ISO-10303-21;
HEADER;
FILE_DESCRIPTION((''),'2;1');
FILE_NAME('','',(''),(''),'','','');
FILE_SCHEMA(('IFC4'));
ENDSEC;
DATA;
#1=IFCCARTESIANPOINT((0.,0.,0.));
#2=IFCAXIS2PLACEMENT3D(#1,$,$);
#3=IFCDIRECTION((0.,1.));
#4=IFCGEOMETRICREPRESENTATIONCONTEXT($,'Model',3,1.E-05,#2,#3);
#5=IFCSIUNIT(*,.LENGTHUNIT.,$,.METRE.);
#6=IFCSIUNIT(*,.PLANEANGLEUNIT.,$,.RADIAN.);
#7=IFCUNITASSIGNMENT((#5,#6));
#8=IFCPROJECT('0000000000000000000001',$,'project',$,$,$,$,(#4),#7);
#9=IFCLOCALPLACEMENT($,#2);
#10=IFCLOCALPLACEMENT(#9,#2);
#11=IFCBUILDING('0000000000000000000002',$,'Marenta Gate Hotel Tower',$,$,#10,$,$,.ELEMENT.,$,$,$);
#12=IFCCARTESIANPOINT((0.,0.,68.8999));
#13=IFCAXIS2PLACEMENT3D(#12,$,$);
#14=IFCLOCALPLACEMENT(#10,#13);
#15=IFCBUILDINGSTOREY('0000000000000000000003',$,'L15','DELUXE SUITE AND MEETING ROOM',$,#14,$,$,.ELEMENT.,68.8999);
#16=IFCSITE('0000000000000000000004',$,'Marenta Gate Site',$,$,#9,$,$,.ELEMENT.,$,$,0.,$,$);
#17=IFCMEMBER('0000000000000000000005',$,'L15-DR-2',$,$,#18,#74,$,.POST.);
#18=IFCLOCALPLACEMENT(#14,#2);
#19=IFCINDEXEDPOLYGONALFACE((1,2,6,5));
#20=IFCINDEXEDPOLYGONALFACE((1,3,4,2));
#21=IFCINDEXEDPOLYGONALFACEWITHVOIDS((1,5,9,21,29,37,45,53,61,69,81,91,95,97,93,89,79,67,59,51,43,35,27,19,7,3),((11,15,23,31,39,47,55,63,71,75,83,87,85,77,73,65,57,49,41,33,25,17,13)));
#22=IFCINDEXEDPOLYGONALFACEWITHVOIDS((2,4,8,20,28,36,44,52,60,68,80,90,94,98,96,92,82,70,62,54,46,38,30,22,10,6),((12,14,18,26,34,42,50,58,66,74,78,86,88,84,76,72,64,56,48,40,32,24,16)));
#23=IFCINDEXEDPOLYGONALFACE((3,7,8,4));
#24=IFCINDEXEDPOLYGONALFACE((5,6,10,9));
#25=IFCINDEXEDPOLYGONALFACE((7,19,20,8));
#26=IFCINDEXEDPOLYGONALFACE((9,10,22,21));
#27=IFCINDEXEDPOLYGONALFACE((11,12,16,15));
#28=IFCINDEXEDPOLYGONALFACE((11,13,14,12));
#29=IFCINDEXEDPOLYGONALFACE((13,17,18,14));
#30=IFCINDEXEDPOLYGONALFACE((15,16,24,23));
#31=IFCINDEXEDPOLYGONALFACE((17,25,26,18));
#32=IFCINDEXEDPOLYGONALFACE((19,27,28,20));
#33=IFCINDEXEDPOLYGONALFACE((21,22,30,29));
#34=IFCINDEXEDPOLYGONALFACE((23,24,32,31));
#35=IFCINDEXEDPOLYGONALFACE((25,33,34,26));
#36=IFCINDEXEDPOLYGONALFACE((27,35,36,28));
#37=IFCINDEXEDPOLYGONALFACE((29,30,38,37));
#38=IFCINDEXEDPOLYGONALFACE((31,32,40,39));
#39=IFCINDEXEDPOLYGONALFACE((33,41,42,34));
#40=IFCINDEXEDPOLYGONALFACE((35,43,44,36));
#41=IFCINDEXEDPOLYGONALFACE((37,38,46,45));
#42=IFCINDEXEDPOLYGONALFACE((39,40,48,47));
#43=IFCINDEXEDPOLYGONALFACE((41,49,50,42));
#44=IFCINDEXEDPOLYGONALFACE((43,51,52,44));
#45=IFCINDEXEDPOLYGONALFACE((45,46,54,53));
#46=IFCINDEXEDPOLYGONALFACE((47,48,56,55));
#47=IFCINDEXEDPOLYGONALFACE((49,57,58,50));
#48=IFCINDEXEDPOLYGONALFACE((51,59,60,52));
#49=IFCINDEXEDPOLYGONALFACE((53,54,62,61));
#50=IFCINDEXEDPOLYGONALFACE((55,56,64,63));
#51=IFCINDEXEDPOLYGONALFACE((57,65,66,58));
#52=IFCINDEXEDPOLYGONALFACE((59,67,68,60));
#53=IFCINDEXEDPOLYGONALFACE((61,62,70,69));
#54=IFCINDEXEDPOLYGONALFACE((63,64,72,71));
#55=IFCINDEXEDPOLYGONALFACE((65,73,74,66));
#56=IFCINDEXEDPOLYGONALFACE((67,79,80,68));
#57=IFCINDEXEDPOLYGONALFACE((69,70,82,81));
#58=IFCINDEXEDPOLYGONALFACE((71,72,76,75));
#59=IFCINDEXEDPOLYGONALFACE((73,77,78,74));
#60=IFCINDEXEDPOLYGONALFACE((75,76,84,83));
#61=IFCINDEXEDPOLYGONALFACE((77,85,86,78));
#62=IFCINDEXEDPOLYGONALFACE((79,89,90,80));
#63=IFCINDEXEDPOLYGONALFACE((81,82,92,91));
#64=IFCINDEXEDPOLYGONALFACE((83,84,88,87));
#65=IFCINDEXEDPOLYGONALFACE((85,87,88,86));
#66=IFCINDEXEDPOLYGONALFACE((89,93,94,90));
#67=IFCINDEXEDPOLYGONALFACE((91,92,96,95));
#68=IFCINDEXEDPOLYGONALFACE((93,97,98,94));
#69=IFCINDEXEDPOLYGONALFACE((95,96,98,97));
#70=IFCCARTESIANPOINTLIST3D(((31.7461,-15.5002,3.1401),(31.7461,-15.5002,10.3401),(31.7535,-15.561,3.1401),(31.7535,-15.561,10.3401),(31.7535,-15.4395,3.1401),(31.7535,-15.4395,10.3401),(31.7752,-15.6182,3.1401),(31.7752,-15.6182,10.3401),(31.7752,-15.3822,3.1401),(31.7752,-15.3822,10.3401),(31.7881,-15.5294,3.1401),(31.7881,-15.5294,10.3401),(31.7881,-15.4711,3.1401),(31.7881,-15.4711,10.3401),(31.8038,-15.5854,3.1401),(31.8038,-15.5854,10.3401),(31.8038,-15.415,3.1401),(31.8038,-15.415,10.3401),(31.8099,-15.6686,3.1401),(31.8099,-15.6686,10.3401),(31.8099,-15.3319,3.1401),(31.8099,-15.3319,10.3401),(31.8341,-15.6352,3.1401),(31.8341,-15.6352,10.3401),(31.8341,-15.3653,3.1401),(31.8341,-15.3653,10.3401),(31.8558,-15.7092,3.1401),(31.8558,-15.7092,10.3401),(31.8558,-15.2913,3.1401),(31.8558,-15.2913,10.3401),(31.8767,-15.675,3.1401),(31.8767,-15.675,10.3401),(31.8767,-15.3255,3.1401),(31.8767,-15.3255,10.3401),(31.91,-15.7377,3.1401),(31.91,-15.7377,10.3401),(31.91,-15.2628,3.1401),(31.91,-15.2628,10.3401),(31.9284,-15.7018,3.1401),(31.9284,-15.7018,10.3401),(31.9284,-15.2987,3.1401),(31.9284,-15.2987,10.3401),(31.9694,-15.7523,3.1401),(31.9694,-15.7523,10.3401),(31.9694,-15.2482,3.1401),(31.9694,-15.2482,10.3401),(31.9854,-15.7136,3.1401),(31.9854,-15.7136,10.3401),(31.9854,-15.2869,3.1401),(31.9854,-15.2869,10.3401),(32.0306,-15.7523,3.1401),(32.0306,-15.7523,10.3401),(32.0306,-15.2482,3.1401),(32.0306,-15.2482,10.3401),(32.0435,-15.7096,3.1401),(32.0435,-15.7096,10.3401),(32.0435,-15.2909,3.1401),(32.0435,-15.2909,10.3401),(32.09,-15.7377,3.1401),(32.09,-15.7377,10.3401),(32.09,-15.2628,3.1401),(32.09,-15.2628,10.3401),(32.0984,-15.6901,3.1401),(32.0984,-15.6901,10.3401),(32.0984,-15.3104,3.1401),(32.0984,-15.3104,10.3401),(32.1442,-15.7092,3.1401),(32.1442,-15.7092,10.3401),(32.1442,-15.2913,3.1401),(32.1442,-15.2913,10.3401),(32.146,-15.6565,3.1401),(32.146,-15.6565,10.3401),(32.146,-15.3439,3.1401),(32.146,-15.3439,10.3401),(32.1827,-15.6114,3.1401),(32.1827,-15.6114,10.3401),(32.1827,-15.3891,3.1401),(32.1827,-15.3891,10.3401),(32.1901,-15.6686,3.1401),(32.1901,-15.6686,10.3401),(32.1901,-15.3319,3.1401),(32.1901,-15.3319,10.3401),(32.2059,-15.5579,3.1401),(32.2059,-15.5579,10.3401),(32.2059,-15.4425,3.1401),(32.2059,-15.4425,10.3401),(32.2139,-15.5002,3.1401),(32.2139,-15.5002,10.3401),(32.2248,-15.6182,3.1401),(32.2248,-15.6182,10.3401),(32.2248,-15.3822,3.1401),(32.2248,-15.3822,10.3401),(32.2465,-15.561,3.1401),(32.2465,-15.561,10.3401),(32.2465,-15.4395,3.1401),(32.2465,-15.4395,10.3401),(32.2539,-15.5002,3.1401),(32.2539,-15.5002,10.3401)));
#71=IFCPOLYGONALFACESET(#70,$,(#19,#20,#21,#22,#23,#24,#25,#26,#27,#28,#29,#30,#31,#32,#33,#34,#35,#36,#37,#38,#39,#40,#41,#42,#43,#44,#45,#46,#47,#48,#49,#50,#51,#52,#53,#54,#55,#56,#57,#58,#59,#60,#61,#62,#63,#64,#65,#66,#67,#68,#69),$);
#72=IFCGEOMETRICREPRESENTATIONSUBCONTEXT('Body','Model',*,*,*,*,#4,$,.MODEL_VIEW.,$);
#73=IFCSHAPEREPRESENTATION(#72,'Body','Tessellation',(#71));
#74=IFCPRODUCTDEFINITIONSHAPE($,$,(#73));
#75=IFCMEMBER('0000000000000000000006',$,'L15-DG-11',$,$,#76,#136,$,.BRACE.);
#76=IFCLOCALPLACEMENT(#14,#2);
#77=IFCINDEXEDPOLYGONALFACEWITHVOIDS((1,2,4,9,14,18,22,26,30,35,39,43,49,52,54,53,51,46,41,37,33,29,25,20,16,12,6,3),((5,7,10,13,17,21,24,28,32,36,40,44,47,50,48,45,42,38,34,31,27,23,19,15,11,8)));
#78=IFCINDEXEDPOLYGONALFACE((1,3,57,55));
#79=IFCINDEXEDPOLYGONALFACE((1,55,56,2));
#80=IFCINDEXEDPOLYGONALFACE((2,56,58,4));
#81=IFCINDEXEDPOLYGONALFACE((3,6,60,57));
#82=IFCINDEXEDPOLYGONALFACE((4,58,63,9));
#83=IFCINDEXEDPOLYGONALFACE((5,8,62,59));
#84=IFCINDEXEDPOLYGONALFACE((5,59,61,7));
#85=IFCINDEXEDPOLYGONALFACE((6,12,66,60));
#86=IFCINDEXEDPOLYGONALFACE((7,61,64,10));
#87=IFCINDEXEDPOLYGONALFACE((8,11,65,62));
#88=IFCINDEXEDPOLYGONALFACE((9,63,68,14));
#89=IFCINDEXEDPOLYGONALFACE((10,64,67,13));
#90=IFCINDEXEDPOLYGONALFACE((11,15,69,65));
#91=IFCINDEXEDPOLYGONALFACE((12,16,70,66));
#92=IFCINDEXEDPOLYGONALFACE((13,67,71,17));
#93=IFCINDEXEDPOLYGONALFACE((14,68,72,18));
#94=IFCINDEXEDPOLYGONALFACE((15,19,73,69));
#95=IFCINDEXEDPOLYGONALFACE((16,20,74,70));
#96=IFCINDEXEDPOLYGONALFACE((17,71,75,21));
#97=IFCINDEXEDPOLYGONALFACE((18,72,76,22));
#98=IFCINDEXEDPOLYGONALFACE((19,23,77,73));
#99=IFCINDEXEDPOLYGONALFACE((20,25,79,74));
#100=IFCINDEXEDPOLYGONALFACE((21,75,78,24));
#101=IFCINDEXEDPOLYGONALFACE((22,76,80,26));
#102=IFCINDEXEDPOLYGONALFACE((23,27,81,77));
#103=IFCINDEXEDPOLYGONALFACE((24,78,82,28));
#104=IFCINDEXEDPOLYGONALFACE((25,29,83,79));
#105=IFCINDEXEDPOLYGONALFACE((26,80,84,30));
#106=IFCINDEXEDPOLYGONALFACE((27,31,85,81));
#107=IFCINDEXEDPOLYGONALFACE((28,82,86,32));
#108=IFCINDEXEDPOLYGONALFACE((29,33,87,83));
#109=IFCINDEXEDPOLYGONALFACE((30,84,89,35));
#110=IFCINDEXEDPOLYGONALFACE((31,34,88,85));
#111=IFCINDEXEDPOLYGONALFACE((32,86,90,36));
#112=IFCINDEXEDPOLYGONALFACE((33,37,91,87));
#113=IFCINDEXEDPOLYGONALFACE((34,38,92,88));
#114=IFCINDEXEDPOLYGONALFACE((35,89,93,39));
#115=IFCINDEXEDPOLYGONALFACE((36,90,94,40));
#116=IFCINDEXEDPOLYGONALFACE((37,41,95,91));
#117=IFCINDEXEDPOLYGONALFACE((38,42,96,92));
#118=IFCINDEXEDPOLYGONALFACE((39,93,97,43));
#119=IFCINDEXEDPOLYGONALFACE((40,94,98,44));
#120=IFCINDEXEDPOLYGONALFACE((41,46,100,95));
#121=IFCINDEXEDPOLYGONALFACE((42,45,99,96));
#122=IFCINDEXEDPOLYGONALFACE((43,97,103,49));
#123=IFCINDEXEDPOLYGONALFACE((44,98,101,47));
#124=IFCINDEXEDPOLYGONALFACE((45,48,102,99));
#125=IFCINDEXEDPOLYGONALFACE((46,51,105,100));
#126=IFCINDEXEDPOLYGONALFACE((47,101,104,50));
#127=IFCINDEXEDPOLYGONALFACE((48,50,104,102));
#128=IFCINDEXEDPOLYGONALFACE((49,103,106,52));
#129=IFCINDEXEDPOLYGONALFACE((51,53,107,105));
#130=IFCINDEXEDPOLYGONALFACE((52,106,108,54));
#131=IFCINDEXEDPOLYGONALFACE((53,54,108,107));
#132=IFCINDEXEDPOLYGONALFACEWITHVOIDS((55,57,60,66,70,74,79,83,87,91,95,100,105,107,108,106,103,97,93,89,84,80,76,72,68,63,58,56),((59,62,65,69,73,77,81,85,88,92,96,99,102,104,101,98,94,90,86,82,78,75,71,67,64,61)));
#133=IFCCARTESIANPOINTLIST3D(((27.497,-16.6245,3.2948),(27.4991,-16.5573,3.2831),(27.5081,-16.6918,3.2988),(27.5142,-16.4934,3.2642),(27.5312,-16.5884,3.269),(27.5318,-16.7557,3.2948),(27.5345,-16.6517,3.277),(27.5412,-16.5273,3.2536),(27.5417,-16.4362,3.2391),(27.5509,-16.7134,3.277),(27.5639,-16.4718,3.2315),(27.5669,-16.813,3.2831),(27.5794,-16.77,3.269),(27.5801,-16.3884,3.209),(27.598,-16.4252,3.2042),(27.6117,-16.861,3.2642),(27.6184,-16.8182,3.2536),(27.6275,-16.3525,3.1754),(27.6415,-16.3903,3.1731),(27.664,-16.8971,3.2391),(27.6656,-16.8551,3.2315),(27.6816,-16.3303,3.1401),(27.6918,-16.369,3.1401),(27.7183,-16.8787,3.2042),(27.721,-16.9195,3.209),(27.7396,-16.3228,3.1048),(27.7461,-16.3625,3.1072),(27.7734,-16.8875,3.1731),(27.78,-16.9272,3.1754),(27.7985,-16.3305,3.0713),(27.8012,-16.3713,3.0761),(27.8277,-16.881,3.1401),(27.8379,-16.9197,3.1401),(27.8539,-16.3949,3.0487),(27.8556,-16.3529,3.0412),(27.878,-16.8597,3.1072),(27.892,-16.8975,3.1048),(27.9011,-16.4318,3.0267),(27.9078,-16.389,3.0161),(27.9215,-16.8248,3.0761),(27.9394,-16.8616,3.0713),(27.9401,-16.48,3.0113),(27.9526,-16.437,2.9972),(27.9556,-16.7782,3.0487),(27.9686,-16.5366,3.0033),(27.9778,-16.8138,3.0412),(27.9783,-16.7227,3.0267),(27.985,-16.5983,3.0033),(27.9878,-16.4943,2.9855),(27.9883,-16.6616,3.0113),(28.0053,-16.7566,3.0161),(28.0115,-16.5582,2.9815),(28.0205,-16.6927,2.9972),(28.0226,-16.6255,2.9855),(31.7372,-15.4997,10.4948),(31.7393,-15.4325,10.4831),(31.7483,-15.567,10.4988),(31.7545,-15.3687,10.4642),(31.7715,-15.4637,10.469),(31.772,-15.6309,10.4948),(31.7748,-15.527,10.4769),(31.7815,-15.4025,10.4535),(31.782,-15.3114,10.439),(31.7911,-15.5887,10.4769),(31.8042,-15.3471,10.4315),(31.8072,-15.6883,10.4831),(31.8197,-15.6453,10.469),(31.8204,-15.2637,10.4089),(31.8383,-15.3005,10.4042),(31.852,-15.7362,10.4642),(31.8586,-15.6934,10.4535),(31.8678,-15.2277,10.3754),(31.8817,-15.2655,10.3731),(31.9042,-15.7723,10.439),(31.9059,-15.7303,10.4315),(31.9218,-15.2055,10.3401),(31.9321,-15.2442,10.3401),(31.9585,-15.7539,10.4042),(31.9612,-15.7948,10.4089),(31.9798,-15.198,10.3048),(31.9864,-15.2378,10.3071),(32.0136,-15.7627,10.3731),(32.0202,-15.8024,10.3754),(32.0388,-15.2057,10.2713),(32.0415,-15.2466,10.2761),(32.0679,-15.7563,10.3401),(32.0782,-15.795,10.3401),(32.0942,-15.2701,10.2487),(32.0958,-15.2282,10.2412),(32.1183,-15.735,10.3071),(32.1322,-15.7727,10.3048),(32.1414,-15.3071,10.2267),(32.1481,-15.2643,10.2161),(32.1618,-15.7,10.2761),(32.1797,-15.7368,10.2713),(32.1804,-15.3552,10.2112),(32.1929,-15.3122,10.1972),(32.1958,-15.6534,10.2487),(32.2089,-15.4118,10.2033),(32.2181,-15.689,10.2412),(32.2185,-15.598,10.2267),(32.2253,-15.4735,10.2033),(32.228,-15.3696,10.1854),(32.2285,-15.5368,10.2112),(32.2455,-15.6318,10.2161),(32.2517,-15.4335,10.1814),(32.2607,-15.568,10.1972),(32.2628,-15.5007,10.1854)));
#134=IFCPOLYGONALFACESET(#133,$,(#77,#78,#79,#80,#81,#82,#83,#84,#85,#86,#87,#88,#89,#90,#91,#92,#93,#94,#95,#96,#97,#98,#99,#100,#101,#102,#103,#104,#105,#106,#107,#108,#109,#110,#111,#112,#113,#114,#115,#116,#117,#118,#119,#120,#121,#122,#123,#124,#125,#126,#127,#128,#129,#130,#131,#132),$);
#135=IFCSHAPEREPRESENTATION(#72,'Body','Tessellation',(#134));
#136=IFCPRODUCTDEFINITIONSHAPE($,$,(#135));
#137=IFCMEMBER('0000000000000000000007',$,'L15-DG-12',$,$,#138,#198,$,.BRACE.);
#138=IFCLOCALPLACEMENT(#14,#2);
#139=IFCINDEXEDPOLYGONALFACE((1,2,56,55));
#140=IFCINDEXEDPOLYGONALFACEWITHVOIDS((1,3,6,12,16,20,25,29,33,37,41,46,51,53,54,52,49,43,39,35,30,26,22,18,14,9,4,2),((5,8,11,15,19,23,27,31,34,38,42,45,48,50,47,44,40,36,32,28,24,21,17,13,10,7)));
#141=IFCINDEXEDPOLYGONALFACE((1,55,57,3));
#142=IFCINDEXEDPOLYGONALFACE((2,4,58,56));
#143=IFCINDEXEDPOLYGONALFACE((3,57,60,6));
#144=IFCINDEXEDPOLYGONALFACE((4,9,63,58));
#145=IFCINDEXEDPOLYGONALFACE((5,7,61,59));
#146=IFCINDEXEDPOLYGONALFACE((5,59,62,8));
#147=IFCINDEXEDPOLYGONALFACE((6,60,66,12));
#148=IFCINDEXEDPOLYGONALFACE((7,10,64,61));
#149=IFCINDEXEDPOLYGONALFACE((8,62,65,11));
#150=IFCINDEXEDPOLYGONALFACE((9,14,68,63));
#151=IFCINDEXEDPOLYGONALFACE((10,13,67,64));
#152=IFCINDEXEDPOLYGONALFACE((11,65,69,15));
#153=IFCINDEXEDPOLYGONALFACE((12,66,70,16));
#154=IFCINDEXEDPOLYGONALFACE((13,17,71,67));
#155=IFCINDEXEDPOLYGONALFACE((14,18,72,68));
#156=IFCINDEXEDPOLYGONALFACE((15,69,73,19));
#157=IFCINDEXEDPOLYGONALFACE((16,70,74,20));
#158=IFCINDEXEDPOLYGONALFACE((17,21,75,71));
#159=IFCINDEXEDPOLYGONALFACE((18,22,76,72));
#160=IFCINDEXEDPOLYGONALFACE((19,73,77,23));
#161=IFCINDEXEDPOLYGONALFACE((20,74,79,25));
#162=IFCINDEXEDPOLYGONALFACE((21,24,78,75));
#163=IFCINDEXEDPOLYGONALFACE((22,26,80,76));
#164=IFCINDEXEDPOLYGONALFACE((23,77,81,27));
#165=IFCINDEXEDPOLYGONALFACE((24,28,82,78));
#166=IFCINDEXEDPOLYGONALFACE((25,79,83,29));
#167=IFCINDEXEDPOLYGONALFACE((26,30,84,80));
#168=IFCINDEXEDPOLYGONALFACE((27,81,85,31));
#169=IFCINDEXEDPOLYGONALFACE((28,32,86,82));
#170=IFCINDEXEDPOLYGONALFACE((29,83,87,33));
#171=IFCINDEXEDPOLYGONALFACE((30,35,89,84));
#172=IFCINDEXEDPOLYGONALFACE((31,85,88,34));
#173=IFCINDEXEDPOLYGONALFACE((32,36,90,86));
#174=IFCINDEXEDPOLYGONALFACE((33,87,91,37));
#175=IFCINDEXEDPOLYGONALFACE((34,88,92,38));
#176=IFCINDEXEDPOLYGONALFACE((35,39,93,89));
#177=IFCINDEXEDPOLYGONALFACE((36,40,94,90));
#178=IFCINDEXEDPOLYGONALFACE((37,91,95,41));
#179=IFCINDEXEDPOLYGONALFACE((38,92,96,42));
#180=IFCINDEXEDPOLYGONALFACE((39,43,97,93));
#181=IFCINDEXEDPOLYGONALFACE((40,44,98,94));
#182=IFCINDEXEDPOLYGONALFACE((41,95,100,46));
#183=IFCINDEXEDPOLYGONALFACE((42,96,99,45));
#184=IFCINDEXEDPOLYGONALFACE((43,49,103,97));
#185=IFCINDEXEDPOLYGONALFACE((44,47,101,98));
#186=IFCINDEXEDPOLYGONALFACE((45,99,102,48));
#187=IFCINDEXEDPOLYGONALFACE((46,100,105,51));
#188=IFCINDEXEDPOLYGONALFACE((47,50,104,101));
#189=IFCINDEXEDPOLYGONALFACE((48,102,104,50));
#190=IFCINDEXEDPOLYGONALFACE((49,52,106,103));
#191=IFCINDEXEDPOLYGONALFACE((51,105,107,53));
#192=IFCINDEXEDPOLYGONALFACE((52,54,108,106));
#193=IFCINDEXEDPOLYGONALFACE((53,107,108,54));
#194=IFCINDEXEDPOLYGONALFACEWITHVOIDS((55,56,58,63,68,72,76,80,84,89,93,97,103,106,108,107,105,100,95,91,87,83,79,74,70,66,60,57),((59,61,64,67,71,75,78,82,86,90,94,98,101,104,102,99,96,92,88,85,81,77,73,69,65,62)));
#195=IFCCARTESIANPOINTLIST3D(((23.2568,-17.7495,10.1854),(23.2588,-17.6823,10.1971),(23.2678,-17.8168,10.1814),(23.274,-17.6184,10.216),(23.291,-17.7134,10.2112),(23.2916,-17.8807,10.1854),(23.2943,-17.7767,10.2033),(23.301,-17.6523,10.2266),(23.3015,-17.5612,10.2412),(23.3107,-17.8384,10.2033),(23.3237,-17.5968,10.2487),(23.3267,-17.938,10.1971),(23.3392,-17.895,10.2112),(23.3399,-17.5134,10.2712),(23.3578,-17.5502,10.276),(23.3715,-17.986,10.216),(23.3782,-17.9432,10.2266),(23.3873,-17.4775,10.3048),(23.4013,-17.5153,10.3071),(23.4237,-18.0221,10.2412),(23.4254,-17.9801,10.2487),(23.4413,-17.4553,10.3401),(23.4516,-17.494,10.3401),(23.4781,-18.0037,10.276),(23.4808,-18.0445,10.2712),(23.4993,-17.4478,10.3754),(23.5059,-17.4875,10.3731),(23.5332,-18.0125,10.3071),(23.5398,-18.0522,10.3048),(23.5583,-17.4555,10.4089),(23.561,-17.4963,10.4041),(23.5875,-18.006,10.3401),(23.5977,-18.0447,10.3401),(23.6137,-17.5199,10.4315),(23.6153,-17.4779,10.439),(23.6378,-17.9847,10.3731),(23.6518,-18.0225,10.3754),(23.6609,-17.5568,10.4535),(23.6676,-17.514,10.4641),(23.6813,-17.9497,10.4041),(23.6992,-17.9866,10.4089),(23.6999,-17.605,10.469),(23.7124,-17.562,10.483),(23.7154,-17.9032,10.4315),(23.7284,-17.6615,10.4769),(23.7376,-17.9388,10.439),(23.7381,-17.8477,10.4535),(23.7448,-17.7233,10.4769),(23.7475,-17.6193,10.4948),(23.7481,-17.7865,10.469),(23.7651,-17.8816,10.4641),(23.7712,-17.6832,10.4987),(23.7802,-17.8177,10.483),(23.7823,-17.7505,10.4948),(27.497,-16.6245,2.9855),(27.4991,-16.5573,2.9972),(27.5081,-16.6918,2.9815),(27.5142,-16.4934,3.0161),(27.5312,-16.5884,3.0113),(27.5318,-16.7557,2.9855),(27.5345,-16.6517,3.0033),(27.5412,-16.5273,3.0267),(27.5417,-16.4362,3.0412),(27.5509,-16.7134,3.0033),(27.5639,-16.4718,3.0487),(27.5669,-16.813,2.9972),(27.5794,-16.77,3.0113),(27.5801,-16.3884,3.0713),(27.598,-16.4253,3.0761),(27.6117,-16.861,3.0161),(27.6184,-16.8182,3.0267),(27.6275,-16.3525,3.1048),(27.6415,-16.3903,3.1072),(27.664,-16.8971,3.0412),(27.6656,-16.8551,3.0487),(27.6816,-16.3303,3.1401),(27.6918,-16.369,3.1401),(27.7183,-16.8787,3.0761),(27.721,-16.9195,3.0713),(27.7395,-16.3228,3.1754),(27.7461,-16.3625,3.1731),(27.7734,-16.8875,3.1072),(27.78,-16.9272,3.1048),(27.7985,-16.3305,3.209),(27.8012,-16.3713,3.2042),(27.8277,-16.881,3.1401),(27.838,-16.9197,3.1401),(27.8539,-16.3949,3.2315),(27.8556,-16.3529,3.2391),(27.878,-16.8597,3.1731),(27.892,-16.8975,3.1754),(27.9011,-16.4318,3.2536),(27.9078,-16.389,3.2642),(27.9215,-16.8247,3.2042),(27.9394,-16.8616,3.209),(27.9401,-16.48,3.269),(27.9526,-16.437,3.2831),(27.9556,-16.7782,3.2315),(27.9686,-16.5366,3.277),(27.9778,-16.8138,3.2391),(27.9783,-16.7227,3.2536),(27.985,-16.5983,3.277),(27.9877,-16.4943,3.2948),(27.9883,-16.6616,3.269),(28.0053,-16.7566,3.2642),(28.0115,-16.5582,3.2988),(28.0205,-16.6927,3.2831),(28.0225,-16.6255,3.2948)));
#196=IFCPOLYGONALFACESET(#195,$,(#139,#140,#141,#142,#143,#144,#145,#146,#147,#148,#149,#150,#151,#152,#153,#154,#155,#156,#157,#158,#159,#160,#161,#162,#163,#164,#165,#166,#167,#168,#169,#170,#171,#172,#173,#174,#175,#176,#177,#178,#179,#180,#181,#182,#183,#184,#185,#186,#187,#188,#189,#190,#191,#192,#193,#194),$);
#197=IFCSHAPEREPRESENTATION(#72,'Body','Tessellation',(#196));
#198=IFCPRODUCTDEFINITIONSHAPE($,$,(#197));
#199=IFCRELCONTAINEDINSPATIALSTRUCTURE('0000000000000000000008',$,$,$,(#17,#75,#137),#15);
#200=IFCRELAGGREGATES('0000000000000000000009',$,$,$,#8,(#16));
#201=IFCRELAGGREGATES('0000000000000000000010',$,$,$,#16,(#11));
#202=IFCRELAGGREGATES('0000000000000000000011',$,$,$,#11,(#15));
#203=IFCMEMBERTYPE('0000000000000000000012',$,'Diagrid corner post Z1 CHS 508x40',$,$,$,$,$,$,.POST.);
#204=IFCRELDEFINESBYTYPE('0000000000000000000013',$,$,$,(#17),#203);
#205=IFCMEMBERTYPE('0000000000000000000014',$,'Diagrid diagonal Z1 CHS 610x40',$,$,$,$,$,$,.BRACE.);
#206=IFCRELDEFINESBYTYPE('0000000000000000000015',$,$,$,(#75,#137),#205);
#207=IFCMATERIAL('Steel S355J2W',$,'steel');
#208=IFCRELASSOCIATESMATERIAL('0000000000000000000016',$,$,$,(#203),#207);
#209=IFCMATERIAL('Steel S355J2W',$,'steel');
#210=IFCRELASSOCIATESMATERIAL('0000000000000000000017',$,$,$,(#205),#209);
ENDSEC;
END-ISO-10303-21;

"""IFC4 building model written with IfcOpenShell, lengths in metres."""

from ifc_helpers import new_model, si_unit, direction, frame, origin, origin_2d, place, context, subcontext, project, spatial, hollow_circle, extrude, material, material_profile, profile_set, type_object, element, save


model = new_model("IFC4")

# Units and contexts
model_context = context("Model", 3, precision=1e-05, world=origin(), true_north=direction((0.0, 1.0)))
body_context = subcontext(model_context, "Body", "Model", "MODEL_VIEW")
ifc_project = project(units=[si_unit("LENGTHUNIT", "METRE"), si_unit("PLANEANGLEUNIT", "RADIAN")], contexts=[model_context])

# Site, building, storey
site_placement = place(None, origin())
site = spatial("IfcSite", under=ifc_project, at=site_placement, Name="Marenta Gate Site", CompositionType="ELEMENT", RefElevation=0.0)
building_placement = place(site_placement, origin())
building = spatial("IfcBuilding", under=site, at=building_placement, Name="Marenta Gate Hotel Tower", CompositionType="ELEMENT")
storey_placement = place(building_placement, frame((0.0, 0.0, 68.8999)))
storey = spatial("IfcBuildingStorey", under=building, at=storey_placement, Name="L15", Description="DELUXE SUITE AND MEETING ROOM", CompositionType="ELEMENT", Elevation=68.8999)

# Members
ifc_material_1 = material(Name="Steel S355J2W", Category="steel")
ifc_material_profile_1 = material_profile(ifc_material_1, hollow_circle(Radius=0.2539, WallThickness=0.04, at=origin_2d()), Name="CHS 508x40")
ifc_profile_set_1 = profile_set([ifc_material_profile_1], Name="Steel S355J2W")
member_type_1 = type_object("IfcMemberType", Name="Diagrid corner post Z1 CHS 508x40", PredefinedType="POST", material=ifc_profile_set_1)
member_1_placement = place(storey_placement, frame((32.0, -15.5002, 3.1401), z_axis=(0.0, 0.0, 1.0), x_axis=(1.0, 0.0, 0.0)))
element("IfcMember", 1, at=member_1_placement, inside=storey, type_object=member_type_1, Name="L15-DR-2", PredefinedType="POST", context=body_context, shape_type="SweptSolid", body=[
    extrude(hollow_circle(Radius=0.2539, WallThickness=0.04, at=origin_2d()), origin(), (0.0, 0.0, 1.0), 7.2),
])
ifc_material_2 = material(Name="Steel S355J2W", Category="steel")
ifc_material_profile_2 = material_profile(ifc_material_2, hollow_circle(Radius=0.3049, WallThickness=0.04, at=origin_2d()), Name="CHS 610x40")
ifc_profile_set_2 = profile_set([ifc_material_profile_2], Name="Steel S355J2W")
member_type_2 = type_object("IfcMemberType", Name="Diagrid diagonal Z1 CHS 610x40", PredefinedType="BRACE", material=ifc_profile_set_2)
for number, where, z_axis, x_axis, name in (
    (2, (27.7598, -16.625, 3.1401), (0.502926, 0.133405, 0.853972), (-0.256391, 0.966573, 0.0), "L15-DG-11"),
    (3, (27.7598, -16.625, 3.1401), (-0.502924, -0.133434, 0.853969), (0.256443, -0.966559, 0.0), "L15-DG-12"),
):
    element("IfcMember", number, at=place(storey_placement, frame(where, z_axis=z_axis, x_axis=x_axis)), inside=storey, type_object=member_type_2, Name=name, PredefinedType="BRACE", context=body_context, shape_type="SweptSolid", body=[
        extrude(hollow_circle(Radius=0.3049, WallThickness=0.04, at=origin_2d()), origin(), (0.0, 0.0, 1.0), 8.4312),
    ])

save(model, "model.ifc")
